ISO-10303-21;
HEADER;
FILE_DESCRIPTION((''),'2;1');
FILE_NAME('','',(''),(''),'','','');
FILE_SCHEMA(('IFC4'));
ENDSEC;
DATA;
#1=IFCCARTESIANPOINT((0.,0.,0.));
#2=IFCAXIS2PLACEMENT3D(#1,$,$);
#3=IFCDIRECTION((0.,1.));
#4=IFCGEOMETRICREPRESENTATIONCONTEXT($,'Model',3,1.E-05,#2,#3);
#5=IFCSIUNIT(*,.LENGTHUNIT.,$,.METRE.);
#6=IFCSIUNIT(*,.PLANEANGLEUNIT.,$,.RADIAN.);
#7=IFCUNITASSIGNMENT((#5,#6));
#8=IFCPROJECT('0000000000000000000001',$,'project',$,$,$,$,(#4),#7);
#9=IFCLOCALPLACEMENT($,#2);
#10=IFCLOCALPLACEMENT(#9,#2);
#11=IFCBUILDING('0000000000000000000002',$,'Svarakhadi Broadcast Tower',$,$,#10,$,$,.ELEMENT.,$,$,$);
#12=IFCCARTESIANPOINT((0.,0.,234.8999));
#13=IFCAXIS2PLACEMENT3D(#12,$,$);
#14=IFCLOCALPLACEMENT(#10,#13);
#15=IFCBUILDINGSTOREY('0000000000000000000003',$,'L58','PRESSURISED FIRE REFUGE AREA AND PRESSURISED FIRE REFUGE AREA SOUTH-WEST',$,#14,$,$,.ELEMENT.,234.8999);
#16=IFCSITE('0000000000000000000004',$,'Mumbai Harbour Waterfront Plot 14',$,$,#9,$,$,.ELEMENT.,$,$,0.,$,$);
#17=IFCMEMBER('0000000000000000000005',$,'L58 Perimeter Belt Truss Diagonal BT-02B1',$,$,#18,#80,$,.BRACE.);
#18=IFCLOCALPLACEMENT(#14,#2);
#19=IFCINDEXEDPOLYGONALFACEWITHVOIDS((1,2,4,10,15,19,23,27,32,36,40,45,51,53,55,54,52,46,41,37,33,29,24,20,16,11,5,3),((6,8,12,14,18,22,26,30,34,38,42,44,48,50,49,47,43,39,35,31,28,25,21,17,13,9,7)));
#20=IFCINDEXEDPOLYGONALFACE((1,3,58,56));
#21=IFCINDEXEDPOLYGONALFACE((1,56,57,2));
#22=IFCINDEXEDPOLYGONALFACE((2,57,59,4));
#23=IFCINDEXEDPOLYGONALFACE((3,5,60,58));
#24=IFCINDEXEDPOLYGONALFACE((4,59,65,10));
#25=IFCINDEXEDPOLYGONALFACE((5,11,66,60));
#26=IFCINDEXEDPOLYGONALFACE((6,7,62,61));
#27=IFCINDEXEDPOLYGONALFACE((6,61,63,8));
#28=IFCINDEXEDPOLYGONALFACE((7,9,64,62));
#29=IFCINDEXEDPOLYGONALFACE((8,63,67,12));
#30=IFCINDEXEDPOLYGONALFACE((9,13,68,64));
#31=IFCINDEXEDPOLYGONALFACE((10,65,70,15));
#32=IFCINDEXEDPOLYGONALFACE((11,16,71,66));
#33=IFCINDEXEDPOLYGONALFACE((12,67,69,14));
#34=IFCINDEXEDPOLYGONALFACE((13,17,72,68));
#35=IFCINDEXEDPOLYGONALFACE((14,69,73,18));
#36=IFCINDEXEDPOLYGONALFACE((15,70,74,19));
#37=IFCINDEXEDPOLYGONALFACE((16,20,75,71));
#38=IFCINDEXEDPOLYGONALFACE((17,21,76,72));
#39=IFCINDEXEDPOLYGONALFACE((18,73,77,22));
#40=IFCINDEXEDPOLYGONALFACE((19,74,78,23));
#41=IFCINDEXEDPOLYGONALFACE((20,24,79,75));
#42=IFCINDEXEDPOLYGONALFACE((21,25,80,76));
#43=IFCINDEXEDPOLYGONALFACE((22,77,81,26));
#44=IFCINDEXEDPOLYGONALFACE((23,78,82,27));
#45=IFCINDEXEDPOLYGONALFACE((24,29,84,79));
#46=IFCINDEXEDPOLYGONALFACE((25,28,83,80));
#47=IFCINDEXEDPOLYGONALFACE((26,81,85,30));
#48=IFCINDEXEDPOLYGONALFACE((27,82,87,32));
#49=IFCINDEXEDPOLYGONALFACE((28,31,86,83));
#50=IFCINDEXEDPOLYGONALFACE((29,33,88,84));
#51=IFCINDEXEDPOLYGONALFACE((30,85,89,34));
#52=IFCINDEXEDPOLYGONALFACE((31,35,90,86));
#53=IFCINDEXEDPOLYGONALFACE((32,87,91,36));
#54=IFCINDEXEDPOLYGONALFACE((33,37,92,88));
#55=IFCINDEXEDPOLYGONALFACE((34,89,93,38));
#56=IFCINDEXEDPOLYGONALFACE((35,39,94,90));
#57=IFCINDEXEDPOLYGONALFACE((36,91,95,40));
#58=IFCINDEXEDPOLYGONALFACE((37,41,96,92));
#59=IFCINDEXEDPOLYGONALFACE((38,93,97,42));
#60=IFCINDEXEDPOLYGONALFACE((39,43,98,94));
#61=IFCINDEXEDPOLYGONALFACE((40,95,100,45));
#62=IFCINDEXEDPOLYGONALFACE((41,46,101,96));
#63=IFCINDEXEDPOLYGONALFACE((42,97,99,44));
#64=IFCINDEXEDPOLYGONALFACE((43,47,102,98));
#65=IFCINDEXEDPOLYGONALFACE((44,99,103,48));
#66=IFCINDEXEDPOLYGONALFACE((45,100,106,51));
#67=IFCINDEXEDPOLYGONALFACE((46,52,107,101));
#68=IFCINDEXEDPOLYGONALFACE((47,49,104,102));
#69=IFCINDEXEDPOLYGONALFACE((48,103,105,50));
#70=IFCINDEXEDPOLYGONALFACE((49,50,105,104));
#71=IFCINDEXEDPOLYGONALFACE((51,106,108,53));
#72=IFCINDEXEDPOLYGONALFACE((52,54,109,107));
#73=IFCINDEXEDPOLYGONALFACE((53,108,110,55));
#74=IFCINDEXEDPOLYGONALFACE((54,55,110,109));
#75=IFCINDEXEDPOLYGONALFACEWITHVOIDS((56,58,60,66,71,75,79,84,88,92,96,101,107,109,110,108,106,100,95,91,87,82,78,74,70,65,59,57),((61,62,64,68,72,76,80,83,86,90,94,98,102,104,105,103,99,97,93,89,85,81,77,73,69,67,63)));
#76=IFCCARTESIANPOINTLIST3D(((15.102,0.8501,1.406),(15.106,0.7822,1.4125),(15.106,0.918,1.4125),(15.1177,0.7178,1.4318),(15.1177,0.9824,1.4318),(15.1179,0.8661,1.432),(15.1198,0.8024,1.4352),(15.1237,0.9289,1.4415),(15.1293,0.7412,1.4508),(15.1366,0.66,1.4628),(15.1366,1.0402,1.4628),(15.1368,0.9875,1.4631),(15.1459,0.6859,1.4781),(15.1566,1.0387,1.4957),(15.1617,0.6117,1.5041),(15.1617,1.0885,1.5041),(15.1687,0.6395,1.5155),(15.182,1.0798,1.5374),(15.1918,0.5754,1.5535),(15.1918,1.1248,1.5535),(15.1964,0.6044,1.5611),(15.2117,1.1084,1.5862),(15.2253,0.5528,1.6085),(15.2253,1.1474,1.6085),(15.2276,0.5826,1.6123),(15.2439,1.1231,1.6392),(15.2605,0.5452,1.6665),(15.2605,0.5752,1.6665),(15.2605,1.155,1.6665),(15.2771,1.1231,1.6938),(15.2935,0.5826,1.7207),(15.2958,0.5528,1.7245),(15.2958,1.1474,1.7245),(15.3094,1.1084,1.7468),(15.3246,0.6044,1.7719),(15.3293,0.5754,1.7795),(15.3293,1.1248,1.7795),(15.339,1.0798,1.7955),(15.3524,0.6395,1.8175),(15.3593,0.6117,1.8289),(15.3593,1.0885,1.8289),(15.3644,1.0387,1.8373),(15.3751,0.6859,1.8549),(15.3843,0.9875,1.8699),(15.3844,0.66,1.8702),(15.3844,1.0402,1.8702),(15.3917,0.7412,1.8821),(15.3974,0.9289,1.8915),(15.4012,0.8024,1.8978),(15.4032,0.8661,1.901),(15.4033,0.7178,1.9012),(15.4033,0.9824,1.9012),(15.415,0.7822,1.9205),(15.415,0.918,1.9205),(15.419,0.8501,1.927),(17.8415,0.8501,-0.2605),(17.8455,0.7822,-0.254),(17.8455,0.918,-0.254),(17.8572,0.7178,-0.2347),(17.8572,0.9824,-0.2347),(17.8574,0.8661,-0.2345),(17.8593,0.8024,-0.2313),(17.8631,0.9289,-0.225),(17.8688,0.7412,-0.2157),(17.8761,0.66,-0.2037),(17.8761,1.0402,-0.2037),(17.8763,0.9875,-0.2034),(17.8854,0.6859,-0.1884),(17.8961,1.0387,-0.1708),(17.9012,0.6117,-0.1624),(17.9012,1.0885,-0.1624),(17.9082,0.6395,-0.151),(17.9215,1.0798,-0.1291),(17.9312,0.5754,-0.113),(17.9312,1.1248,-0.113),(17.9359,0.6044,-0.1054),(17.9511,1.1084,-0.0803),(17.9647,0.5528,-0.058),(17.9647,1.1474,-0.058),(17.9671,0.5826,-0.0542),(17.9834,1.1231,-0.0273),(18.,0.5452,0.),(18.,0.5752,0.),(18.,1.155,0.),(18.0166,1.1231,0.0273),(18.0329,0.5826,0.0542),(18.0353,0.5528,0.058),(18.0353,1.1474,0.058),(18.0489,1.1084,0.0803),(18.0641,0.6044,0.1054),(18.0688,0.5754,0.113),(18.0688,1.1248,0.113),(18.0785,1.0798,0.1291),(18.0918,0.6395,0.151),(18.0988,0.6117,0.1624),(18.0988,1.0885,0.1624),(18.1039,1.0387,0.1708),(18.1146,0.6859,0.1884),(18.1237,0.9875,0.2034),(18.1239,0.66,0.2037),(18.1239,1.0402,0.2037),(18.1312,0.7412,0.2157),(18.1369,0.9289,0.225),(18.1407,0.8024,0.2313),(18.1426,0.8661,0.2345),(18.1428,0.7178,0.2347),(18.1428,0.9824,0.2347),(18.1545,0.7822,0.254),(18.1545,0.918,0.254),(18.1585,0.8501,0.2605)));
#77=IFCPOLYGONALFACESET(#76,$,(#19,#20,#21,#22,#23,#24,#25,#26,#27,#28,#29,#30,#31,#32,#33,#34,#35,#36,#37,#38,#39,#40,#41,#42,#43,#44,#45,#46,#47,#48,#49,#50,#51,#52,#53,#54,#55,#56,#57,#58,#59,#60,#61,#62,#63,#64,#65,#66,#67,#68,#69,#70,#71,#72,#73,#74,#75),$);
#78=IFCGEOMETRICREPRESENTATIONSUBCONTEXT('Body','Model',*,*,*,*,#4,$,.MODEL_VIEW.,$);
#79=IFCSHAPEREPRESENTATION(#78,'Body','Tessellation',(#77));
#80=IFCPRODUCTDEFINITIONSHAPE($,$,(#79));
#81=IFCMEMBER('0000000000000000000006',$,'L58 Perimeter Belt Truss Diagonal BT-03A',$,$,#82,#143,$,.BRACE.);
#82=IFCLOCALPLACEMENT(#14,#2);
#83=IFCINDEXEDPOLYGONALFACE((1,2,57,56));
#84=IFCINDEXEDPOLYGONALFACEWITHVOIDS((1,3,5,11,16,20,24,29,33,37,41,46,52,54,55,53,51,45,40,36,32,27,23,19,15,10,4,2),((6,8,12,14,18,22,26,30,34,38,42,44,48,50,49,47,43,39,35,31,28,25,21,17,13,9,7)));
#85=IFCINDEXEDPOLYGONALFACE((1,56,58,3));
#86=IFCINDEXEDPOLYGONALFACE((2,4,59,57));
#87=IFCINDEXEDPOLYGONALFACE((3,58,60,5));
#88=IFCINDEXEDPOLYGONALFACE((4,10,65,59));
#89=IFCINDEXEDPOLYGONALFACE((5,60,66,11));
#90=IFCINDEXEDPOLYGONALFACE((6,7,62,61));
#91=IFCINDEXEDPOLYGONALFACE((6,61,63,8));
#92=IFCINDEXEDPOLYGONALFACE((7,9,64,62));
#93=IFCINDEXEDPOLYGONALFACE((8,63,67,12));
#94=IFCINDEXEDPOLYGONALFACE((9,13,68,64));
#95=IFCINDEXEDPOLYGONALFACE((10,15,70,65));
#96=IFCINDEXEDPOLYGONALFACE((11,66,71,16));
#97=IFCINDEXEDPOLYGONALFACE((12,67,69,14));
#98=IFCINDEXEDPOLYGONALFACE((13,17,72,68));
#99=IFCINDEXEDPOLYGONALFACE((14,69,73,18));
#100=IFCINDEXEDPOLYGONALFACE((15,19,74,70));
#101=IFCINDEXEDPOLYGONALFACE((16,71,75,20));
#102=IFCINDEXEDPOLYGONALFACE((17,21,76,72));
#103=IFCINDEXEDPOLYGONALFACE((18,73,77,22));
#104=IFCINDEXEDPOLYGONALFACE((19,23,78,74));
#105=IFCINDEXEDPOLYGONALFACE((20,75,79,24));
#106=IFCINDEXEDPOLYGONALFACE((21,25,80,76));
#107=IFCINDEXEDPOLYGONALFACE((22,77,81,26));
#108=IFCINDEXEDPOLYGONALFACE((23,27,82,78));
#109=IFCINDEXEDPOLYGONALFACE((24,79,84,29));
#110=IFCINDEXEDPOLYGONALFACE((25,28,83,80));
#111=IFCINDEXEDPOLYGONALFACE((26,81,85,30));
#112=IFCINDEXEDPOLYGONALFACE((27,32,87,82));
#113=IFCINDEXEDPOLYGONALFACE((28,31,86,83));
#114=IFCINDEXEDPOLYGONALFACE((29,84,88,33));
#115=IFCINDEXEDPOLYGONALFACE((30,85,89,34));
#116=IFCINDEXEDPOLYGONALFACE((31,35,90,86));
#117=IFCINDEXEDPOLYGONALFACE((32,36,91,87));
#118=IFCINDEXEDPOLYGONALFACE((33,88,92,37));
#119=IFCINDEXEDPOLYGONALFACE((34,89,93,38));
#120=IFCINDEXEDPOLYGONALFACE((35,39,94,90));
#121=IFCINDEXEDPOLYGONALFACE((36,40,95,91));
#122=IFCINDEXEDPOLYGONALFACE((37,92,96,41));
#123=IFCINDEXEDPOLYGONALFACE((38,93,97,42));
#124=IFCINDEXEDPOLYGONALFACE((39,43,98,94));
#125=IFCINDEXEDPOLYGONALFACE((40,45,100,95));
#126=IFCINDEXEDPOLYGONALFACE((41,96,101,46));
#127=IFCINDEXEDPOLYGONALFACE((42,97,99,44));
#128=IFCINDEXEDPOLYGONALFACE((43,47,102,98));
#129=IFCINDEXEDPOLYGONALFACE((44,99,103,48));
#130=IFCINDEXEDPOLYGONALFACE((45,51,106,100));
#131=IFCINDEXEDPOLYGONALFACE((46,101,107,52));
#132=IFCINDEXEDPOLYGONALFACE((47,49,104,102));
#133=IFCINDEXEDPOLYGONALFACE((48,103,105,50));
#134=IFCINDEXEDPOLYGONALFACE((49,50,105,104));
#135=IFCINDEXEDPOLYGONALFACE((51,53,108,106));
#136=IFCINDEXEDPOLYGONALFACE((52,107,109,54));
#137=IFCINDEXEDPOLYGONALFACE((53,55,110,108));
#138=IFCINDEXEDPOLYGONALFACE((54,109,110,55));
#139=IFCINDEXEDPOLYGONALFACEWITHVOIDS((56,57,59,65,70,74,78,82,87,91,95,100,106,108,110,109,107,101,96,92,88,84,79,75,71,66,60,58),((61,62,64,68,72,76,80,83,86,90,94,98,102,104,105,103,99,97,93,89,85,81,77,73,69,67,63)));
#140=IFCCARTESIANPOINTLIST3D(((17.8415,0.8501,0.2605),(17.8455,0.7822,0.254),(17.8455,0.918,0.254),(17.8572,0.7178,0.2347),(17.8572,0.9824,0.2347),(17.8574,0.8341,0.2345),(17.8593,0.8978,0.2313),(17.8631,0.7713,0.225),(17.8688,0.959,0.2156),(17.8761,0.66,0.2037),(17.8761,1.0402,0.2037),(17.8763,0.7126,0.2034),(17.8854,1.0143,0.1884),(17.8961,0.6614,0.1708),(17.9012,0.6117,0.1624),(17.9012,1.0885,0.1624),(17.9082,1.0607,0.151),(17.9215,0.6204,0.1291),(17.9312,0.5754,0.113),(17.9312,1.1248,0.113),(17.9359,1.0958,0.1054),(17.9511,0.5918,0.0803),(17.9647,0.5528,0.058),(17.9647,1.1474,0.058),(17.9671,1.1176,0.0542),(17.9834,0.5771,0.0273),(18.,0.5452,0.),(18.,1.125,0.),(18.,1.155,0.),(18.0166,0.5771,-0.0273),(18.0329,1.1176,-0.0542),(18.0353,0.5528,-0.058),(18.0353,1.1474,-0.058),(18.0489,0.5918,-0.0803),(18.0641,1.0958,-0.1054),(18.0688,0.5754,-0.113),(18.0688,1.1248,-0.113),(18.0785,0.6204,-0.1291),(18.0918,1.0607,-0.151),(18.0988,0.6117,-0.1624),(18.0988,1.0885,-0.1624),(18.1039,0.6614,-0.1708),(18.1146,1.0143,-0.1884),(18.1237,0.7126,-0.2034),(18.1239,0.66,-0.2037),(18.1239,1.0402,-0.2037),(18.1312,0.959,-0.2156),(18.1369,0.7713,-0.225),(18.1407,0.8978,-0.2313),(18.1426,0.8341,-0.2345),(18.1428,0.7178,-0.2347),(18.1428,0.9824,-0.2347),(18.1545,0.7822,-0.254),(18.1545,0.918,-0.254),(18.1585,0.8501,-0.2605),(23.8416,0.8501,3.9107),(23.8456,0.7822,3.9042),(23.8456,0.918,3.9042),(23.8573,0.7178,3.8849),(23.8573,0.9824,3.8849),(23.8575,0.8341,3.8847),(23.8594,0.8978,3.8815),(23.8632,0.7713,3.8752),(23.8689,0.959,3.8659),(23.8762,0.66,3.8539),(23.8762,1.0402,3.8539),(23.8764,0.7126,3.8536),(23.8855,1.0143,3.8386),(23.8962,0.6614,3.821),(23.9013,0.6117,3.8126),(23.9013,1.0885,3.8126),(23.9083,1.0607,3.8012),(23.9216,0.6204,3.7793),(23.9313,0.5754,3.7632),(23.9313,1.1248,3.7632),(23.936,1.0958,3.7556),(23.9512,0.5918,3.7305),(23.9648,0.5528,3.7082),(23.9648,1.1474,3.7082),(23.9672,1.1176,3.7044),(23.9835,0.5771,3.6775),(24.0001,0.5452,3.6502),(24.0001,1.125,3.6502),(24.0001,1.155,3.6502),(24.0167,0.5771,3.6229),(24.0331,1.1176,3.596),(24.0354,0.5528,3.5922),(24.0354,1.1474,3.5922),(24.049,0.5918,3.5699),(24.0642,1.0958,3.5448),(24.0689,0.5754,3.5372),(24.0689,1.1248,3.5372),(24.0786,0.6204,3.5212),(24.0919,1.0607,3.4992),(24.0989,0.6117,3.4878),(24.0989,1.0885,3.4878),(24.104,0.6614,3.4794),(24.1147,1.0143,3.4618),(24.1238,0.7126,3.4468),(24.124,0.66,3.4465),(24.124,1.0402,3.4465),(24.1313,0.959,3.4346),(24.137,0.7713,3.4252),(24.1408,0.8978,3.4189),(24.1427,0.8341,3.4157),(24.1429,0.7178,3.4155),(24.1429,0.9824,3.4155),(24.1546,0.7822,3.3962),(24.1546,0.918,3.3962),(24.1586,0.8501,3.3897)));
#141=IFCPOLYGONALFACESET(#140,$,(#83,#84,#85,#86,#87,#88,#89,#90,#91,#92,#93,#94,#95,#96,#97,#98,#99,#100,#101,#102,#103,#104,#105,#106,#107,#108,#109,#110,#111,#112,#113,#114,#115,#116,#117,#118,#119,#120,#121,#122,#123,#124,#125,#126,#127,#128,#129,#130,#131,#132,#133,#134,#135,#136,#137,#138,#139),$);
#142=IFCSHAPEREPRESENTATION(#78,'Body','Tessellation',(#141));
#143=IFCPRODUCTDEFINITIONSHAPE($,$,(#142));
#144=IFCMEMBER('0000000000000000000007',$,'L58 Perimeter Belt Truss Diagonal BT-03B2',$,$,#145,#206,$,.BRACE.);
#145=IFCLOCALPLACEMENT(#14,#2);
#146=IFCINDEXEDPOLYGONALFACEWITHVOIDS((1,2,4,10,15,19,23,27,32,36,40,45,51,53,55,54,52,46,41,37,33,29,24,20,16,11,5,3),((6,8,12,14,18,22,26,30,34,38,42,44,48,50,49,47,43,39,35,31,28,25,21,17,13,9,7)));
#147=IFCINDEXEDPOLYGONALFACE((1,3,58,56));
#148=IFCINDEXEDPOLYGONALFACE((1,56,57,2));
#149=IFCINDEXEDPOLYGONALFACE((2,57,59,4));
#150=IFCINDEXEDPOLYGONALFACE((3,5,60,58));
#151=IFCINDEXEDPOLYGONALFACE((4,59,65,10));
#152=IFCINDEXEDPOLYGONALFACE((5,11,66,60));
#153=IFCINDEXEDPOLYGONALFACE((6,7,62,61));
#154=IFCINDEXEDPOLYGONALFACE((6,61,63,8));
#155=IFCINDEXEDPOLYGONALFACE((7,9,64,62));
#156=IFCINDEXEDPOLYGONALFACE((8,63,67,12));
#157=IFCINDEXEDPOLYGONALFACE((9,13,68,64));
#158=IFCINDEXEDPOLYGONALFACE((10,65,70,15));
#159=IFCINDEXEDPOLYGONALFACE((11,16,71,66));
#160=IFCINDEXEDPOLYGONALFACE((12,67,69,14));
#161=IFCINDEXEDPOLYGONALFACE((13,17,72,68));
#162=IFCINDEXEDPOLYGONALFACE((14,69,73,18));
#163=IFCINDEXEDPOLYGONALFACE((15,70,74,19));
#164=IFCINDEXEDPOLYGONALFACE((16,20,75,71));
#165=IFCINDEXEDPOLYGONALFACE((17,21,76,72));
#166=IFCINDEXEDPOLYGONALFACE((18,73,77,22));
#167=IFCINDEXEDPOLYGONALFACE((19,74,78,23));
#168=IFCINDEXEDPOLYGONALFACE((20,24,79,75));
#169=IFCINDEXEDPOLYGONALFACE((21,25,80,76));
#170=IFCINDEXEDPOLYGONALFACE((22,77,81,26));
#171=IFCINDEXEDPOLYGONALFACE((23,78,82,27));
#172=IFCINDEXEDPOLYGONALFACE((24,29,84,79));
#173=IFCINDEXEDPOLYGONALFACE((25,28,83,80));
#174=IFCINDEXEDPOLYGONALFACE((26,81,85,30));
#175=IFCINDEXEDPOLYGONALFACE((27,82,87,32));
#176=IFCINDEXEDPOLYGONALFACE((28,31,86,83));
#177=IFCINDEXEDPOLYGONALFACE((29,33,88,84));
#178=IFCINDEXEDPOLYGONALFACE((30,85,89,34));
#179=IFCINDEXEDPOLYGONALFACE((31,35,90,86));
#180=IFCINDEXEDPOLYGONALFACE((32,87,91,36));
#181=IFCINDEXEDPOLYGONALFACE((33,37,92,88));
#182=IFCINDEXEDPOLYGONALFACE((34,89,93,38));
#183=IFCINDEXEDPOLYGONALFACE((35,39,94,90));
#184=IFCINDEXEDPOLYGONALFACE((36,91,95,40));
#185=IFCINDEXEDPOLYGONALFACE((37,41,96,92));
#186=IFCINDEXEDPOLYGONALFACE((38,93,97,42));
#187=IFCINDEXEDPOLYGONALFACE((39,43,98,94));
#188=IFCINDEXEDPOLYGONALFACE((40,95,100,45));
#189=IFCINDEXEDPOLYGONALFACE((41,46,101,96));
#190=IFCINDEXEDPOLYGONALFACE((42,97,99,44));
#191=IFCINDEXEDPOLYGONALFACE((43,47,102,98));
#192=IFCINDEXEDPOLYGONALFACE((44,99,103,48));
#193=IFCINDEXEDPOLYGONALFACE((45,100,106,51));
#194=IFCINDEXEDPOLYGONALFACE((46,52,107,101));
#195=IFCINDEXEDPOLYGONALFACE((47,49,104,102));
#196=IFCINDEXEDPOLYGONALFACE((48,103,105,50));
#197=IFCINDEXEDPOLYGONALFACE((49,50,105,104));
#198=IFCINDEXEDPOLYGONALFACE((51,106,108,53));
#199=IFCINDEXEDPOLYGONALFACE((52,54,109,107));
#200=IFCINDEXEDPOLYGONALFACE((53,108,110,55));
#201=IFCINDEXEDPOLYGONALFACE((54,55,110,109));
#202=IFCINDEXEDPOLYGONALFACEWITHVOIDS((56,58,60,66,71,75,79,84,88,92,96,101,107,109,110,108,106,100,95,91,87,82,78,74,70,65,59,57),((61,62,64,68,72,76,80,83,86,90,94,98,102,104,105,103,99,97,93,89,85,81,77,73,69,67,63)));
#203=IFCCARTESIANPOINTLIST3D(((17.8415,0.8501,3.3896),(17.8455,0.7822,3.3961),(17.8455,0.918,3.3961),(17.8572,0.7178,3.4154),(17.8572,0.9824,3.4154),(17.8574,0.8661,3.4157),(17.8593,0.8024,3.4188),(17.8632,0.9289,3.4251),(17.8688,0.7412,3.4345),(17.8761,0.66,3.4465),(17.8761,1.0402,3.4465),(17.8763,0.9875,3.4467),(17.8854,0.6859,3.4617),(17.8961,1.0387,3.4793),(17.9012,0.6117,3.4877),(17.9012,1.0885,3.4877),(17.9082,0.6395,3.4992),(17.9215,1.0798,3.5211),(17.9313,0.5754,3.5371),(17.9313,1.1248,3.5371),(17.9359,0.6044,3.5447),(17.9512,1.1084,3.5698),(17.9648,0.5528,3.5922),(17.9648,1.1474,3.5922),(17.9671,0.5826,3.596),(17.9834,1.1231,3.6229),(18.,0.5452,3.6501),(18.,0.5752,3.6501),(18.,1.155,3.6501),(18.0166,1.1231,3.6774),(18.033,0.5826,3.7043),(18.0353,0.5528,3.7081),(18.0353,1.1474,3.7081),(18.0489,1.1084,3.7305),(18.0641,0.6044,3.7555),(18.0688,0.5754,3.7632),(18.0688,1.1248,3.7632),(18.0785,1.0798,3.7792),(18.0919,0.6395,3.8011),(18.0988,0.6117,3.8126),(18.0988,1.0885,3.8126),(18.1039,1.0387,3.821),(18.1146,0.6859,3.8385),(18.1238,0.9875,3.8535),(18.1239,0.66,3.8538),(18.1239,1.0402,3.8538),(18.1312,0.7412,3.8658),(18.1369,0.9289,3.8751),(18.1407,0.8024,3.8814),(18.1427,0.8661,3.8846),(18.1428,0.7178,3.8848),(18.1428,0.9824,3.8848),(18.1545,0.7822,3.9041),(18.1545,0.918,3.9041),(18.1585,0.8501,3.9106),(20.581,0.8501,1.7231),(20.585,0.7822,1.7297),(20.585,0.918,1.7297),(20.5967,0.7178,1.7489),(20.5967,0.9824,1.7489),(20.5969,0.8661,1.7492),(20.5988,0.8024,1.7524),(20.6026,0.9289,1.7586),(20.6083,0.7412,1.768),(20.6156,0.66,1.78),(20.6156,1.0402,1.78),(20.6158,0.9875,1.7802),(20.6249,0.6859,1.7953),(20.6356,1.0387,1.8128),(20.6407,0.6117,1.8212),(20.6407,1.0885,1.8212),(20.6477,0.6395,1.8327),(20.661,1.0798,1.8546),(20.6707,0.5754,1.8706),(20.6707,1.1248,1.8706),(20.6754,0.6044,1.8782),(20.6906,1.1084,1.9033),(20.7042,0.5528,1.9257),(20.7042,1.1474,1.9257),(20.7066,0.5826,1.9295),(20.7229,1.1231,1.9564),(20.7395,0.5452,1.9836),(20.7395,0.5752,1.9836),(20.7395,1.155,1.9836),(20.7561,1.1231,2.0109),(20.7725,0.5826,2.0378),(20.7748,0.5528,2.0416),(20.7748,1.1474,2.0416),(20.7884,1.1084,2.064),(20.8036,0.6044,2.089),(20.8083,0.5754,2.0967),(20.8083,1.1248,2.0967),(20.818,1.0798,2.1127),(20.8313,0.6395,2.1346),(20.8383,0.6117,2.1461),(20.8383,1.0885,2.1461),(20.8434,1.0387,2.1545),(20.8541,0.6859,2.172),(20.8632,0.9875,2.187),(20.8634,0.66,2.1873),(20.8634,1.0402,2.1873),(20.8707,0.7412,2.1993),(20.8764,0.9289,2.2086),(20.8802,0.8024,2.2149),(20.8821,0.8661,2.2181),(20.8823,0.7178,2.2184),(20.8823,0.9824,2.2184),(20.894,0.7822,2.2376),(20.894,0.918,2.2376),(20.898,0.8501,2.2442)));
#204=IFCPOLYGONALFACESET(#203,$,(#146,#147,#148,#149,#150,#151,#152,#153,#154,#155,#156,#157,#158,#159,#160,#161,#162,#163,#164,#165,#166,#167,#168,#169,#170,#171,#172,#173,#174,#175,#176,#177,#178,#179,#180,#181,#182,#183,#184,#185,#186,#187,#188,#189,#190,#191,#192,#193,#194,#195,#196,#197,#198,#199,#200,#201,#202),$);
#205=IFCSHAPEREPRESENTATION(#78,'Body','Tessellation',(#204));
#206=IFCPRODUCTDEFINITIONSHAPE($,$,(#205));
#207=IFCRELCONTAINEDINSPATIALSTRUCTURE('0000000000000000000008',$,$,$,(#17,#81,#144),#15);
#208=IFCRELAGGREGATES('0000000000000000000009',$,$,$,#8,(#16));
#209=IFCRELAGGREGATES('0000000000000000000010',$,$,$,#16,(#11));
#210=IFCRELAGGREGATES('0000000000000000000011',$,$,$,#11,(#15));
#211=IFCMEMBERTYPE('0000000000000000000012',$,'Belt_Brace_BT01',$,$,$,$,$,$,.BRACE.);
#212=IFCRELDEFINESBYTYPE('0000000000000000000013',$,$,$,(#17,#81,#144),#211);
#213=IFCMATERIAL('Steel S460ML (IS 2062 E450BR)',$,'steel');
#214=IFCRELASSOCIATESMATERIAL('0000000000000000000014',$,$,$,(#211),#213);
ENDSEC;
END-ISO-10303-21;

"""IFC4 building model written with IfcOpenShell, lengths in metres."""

from ifc_helpers import new_model, si_unit, direction, frame, origin, origin_2d, place, context, subcontext, project, spatial, hollow_circle, extrude, material, material_profile, profile_set, type_object, element, save


model = new_model("IFC4")

# Units and contexts
model_context = context("Model", 3, precision=1e-05, world=origin(), true_north=direction((0.0, 1.0)))
body_context = subcontext(model_context, "Body", "Model", "MODEL_VIEW")
ifc_project = project(units=[si_unit("LENGTHUNIT", "METRE"), si_unit("PLANEANGLEUNIT", "RADIAN")], contexts=[model_context])

# Site, building, storey
site_placement = place(None, origin())
site = spatial("IfcSite", under=ifc_project, at=site_placement, Name="Mumbai Harbour Waterfront Plot 14", CompositionType="ELEMENT", RefElevation=0.0)
building_placement = place(site_placement, origin())
building = spatial("IfcBuilding", under=site, at=building_placement, Name="Svarakhadi Broadcast Tower", CompositionType="ELEMENT")
storey_placement = place(building_placement, frame((0.0, 0.0, 234.8999)))
storey = spatial("IfcBuildingStorey", under=building, at=storey_placement, Name="L58", Description="PRESSURISED FIRE REFUGE AREA AND PRESSURISED FIRE REFUGE AREA SOUTH-WEST", CompositionType="ELEMENT", Elevation=234.8999)

# Shared definitions
ifc_material_1 = material(Name="Steel S460ML (IS 2062 E450BR)", Category="steel")

# Members
ifc_material_profile_1 = material_profile(ifc_material_1, hollow_circle(Radius=0.3049, WallThickness=0.03, at=origin_2d()), Name="CHS 610x30")
ifc_profile_set_1 = profile_set([ifc_material_profile_1], Name="Steel S460ML (IS 2062 E450BR)")
member_type_1 = type_object("IfcMemberType", Name="Belt_Brace_BT01", PredefinedType="BRACE", material=ifc_profile_set_1)
member_1_placement = place(storey_placement, frame((18.0, 0.8501, 0.0), z_axis=(-0.85434, 0.0, 0.519715), x_axis=(0.0, -1.0, 0.0)))
element("IfcMember", 1, at=member_1_placement, inside=storey, type_object=member_type_1, Name="L58 Perimeter Belt Truss Diagonal BT-02B1", PredefinedType="BRACE", context=body_context, shape_type="SweptSolid", body=[
    extrude(hollow_circle(Radius=0.3049, WallThickness=0.03, at=origin_2d()), origin(), (0.0, 0.0, 1.0), 3.2065),
])
member_2_placement = place(storey_placement, frame((18.0, 0.8501, 0.0), z_axis=(0.854327, 0.0, 0.519736), x_axis=(0.0, 1.0, 0.0)))
element("IfcMember", 2, at=member_2_placement, inside=storey, type_object=member_type_1, Name="L58 Perimeter Belt Truss Diagonal BT-03A", PredefinedType="BRACE", context=body_context, shape_type="SweptSolid", body=[
    extrude(hollow_circle(Radius=0.3049, WallThickness=0.03, at=origin_2d()), origin(), (0.0, 0.0, 1.0), 7.0232),
])
member_3_placement = place(storey_placement, frame((20.7395, 0.8501, 1.9836), z_axis=(-0.85434, 0.0, 0.519715), x_axis=(0.0, -1.0, 0.0)))
element("IfcMember", 3, at=member_3_placement, inside=storey, type_object=member_type_1, Name="L58 Perimeter Belt Truss Diagonal BT-03B2", PredefinedType="BRACE", context=body_context, shape_type="SweptSolid", body=[
    extrude(hollow_circle(Radius=0.3049, WallThickness=0.03, at=origin_2d()), origin(), (0.0, 0.0, 1.0), 3.2065),
])

save(model, "model.ifc")
